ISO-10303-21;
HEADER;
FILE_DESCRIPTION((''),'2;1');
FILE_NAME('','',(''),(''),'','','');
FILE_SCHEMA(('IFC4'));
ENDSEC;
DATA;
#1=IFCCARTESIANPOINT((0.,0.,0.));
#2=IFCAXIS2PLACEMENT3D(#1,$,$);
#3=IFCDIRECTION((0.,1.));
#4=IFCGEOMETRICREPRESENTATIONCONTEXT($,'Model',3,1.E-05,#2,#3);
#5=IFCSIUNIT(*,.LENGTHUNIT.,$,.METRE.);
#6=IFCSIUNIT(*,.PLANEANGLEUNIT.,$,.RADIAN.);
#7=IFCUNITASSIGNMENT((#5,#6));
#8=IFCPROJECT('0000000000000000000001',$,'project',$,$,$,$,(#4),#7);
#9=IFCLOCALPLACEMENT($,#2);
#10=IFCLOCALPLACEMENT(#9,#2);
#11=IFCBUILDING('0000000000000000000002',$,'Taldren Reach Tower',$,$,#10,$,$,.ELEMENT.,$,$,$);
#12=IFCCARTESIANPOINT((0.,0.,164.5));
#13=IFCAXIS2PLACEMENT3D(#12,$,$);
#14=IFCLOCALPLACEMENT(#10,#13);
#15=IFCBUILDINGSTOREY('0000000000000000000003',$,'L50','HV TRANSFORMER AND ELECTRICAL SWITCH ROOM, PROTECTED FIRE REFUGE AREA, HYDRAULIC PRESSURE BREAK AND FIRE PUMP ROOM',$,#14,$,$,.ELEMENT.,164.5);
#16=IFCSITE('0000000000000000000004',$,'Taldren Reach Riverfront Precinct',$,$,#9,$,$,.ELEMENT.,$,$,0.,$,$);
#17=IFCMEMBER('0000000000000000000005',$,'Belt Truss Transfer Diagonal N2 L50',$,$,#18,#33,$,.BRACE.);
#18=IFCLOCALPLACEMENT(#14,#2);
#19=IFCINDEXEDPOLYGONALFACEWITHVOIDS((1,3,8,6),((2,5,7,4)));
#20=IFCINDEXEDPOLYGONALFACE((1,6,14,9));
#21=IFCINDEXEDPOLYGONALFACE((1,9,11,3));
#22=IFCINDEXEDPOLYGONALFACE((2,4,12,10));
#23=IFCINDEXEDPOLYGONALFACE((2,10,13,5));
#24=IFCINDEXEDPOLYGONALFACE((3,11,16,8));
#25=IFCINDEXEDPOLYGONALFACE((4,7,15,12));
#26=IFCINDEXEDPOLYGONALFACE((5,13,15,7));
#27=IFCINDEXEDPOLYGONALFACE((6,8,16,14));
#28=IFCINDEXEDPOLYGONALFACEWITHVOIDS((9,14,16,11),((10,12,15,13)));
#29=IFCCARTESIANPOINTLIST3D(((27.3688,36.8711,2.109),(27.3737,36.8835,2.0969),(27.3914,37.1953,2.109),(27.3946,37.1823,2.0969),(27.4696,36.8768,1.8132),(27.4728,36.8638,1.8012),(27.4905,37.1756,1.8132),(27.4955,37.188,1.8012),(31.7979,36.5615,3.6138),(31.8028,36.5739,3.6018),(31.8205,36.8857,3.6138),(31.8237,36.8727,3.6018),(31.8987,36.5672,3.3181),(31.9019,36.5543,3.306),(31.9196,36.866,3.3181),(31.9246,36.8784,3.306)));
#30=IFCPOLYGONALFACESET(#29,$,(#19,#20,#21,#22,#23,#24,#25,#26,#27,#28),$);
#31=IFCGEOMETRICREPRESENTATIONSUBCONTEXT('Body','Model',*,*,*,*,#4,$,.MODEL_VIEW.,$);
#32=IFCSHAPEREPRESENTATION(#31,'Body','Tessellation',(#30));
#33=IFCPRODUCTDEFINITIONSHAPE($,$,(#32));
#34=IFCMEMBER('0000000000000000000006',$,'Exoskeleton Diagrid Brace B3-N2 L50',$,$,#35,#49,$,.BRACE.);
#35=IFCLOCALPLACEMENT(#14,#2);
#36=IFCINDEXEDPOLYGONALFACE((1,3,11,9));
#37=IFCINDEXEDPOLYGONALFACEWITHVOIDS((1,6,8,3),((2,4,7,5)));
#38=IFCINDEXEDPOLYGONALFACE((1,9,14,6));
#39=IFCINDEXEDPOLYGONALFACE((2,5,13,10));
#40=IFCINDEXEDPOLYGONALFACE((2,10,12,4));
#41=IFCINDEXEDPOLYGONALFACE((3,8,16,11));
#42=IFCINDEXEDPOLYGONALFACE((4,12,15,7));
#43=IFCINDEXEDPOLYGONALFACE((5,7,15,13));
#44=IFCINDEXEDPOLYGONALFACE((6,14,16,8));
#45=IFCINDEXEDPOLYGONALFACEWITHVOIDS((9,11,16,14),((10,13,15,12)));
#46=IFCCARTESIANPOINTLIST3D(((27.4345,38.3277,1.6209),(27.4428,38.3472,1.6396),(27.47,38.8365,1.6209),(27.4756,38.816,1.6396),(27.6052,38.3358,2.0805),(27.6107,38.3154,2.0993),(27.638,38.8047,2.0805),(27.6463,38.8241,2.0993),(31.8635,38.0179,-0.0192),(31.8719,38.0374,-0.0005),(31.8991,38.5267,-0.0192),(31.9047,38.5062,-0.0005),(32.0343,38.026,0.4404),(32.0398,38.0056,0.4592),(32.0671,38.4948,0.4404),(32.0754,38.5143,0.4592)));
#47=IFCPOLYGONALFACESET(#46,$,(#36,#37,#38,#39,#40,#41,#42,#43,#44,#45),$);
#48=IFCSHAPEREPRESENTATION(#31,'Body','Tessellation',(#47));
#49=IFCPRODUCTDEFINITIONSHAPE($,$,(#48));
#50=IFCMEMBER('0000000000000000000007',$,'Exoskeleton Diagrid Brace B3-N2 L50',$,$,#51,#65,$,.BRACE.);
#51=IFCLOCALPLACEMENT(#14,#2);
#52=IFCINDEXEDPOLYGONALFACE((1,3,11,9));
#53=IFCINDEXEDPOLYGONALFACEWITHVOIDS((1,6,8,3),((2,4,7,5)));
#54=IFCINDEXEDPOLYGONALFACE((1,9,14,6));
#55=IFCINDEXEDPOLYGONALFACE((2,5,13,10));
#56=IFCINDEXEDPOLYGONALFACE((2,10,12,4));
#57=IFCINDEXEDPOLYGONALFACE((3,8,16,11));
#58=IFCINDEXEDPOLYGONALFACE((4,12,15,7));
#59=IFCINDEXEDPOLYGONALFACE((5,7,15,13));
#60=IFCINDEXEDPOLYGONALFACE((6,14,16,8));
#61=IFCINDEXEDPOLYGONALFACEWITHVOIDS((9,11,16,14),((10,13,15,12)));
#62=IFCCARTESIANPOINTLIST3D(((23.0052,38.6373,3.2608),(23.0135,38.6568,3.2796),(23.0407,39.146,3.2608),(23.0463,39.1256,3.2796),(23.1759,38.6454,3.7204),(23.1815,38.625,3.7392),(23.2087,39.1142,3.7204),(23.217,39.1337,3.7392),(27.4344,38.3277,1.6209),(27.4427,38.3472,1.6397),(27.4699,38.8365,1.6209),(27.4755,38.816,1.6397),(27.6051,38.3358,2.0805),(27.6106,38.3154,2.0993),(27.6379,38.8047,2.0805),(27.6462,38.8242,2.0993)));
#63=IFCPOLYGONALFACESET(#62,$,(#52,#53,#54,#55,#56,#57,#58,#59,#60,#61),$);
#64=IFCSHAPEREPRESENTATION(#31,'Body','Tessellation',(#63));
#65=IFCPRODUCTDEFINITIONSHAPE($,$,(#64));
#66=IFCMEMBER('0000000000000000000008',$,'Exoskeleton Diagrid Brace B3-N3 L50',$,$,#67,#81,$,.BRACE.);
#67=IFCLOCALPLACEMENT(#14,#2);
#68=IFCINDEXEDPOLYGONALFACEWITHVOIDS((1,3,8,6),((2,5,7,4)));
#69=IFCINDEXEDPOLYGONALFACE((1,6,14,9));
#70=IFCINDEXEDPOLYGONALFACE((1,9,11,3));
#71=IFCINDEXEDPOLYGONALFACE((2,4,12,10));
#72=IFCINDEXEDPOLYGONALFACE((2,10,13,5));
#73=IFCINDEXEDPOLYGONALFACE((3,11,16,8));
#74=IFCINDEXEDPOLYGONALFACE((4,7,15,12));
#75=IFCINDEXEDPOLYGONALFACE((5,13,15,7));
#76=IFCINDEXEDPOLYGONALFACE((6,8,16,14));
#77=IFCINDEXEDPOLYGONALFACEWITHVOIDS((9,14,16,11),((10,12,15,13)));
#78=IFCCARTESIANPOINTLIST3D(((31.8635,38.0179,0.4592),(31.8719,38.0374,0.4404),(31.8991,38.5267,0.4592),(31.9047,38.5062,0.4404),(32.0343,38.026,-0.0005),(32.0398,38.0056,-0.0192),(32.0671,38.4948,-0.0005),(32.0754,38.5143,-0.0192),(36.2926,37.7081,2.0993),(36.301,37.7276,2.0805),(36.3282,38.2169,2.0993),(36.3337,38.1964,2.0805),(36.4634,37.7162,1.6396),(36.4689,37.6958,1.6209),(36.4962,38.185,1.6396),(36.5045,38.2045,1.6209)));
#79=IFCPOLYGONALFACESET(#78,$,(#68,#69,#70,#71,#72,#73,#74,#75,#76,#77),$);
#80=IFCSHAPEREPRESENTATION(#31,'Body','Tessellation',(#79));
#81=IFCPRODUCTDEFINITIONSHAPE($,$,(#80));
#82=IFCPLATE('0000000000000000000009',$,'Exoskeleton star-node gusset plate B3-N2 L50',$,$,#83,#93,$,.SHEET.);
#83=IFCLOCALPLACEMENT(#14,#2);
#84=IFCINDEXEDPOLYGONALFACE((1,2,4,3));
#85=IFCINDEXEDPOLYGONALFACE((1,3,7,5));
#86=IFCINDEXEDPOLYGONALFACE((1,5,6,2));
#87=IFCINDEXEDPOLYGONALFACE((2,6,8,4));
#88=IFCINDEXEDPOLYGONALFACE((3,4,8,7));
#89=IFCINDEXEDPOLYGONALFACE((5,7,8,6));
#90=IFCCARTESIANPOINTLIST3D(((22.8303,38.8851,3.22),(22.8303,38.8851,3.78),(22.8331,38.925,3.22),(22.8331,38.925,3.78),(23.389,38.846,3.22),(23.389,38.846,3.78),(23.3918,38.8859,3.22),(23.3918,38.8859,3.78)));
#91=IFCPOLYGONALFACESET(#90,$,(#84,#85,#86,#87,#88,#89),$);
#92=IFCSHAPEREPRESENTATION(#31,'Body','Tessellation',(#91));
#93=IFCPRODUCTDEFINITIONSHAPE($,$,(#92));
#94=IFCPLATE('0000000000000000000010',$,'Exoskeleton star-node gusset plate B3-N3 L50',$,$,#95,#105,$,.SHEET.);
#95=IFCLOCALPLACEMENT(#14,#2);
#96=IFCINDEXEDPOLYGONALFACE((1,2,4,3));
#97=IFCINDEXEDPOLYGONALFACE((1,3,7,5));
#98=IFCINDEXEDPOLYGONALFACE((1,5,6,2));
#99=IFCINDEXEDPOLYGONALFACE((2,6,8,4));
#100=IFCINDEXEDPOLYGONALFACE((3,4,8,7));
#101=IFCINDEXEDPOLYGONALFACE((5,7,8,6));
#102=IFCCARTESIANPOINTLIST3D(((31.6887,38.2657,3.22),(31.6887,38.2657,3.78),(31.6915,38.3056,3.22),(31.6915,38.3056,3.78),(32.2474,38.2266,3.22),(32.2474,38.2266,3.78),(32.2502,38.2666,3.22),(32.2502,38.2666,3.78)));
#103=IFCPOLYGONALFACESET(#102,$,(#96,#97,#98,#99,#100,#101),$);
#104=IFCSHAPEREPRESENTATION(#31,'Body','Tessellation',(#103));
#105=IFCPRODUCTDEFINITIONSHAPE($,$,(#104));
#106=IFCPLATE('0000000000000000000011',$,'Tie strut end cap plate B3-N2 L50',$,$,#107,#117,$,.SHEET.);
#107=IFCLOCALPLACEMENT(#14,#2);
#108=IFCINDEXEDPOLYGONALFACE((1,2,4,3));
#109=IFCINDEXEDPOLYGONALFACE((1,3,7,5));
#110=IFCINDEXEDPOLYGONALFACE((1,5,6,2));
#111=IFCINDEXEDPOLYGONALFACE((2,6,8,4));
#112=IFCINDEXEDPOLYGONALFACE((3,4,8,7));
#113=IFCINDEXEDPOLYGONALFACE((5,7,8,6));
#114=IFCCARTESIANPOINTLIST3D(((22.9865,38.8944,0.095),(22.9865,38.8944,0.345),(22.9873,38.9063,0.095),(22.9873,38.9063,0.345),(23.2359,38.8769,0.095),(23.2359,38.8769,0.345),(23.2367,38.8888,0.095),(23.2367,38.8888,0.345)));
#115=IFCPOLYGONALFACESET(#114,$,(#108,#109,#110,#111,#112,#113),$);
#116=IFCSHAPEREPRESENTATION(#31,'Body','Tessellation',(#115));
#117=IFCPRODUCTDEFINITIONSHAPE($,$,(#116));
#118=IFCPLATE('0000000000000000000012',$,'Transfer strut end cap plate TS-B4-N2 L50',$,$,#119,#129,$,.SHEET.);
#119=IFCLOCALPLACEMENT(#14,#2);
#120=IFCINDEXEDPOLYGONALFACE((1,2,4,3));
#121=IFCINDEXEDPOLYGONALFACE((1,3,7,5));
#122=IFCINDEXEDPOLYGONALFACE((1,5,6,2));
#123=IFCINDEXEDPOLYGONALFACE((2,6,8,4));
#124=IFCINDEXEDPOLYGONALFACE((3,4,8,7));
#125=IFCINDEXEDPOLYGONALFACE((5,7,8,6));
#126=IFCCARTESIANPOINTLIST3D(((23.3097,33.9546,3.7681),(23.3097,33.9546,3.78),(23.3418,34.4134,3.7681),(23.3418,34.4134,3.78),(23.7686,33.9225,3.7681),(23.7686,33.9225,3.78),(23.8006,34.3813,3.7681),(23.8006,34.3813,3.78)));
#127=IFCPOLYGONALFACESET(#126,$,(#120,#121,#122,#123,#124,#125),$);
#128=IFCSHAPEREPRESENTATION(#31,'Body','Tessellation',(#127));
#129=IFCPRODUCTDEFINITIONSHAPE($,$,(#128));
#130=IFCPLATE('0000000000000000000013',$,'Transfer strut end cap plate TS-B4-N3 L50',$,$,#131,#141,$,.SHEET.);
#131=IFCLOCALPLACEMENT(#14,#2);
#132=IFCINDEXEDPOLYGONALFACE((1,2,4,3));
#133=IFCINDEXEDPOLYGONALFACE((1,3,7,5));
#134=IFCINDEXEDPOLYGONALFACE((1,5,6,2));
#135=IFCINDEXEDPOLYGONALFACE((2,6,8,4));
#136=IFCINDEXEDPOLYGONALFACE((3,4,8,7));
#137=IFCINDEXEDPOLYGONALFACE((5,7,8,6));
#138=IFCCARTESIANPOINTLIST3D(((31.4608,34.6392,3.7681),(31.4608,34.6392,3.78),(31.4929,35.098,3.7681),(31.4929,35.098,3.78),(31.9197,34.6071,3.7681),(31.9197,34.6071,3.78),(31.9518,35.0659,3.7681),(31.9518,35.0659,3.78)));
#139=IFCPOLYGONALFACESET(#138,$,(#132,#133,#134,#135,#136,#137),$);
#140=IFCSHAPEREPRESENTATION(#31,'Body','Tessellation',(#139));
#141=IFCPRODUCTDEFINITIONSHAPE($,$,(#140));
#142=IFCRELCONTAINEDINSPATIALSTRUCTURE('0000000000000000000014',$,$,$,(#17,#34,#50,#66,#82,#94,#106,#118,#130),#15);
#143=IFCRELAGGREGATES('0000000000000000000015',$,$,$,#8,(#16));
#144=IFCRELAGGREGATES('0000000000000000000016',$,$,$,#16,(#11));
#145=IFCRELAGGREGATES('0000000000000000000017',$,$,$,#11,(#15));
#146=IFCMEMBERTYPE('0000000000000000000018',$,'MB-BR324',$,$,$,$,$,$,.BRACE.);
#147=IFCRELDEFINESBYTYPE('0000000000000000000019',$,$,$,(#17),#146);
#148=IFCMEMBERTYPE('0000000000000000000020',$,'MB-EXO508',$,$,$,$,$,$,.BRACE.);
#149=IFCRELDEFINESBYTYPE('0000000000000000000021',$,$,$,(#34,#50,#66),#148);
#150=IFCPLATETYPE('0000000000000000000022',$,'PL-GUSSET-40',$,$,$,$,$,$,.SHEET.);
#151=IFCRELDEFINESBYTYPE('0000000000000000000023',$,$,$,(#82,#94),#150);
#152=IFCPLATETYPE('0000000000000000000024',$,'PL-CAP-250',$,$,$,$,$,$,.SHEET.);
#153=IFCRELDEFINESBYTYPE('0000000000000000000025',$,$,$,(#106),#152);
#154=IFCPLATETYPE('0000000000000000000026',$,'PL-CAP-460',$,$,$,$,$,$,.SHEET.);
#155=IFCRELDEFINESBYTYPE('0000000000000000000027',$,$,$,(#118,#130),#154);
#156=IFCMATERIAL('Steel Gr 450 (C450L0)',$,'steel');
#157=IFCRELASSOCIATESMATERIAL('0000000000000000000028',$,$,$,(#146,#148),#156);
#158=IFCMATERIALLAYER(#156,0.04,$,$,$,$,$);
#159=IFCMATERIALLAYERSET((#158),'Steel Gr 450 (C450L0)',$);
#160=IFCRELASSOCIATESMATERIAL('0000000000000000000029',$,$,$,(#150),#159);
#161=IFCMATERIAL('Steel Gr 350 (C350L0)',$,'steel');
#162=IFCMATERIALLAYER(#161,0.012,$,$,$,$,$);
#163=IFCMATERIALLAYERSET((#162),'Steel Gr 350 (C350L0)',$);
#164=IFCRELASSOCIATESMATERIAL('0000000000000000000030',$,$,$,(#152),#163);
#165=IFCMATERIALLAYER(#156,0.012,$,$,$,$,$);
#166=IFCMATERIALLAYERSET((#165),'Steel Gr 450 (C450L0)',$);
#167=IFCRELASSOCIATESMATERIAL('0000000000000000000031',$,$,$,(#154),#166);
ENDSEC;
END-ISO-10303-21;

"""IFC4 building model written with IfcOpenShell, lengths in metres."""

from ifc_helpers import new_model, si_unit, direction, frame, origin, origin_2d, place, context, subcontext, project, spatial, rectangle, hollow_rectangle, extrude, source, transform, mapped, material, layer, layer_set, material_profile, profile_set, type_object, element, save


model = new_model("IFC4")

# Units and contexts
model_context = context("Model", 3, precision=1e-05, world=origin(), true_north=direction((0.0, 1.0)))
body_context = subcontext(model_context, "Body", "Model", "MODEL_VIEW")
ifc_project = project(units=[si_unit("LENGTHUNIT", "METRE"), si_unit("PLANEANGLEUNIT", "RADIAN")], contexts=[model_context])

# Site, building, storey
site_placement = place(None, origin())
site = spatial("IfcSite", under=ifc_project, at=site_placement, Name="Taldren Reach Riverfront Precinct", CompositionType="ELEMENT", RefElevation=0.0)
building_placement = place(site_placement, origin())
building = spatial("IfcBuilding", under=site, at=building_placement, Name="Taldren Reach Tower", CompositionType="ELEMENT")
storey_placement = place(building_placement, frame((0.0, 0.0, 164.5)))
storey = spatial("IfcBuildingStorey", under=building, at=storey_placement, Name="L50", Description="HV TRANSFORMER AND ELECTRICAL SWITCH ROOM, PROTECTED FIRE REFUGE AREA, HYDRAULIC PRESSURE BREAK AND FIRE PUMP ROOM", CompositionType="ELEMENT", Elevation=164.5)

# Shared definitions
ifc_material_1 = material(Name="Steel Gr 450 (C450L0)", Category="steel")
ifc_material_2 = material(Name="Steel Gr 350 (C350L0)", Category="steel")

# Members
ifc_material_profile_1 = material_profile(ifc_material_1, hollow_rectangle(XDim=0.325, YDim=0.325, WallThickness=0.0127, at=origin_2d()), Name="325x325x12.7SHS")
ifc_profile_set_1 = profile_set([ifc_material_profile_1], Name="Steel Gr 450 (C450L0)")
member_type_1 = type_object("IfcMemberType", Name="MB-BR324", PredefinedType="BRACE", material=ifc_profile_set_1)
shared_shape_1 = source(origin(), body_context, "Body", "SweptSolid", [
    extrude(hollow_rectangle(XDim=0.325, YDim=0.325, WallThickness=0.0127, at=origin_2d()), origin(), (0.0, 0.0, 1.0), 4.688),
])
member_1_placement = place(storey_placement, frame((27.4321, 37.0295, 1.9551), z_axis=(0.944774, -0.066033, 0.321), x_axis=(0.069723, 0.997566, 0.0)))
element("IfcMember", 1, at=member_1_placement, inside=storey, type_object=member_type_1, Name="Belt Truss Transfer Diagonal N2 L50", PredefinedType="BRACE", context=body_context, shape_type="MappedRepresentation", body=[
    mapped(shared_shape_1, transform((0.0, 0.0, 0.0), scale=1.0)),
])
ifc_material_profile_2 = material_profile(ifc_material_1, hollow_rectangle(XDim=0.51, YDim=0.51, WallThickness=0.02, at=origin_2d()), Name="510x510x20.0SHS")
ifc_profile_set_2 = profile_set([ifc_material_profile_2], Name="Steel Gr 450 (C450L0)")
member_type_2 = type_object("IfcMemberType", Name="MB-EXO508", PredefinedType="BRACE", material=ifc_profile_set_2)
shared_shape_2 = source(origin(), body_context, "Body", "SweptSolid", [
    extrude(hollow_rectangle(XDim=0.51, YDim=0.51, WallThickness=0.02, at=origin_2d()), origin(), (0.0, 0.0, 1.0), 4.7332),
])
for number, where, z_axis, x_axis, name in (
    (2, (31.9695, 38.2661, 0.22), (-0.935759, 0.065455, 0.346512), (-0.069778, -0.997563, 0.0), "Exoskeleton Diagrid Brace B3-N2 L50"),
    (3, (27.5403, 38.5759, 1.8601), (-0.935779, 0.065404, 0.346468), (-0.069723, -0.997566, 0.0), "Exoskeleton Diagrid Brace B3-N2 L50"),
    (4, (31.9695, 38.2661, 0.22), (0.935759, -0.065455, 0.346512), (0.069778, 0.997563, 0.0), "Exoskeleton Diagrid Brace B3-N3 L50"),
):
    element("IfcMember", number, at=place(storey_placement, frame(where, z_axis=z_axis, x_axis=x_axis)), inside=storey, type_object=member_type_2, Name=name, PredefinedType="BRACE", context=body_context, shape_type="MappedRepresentation", body=[
        mapped(shared_shape_2, transform((0.0, 0.0, 0.0), scale=1.0)),
    ])

# Plates
ifc_layer_1 = layer(ifc_material_1, 0.04)
ifc_layer_set_1 = layer_set([ifc_layer_1], Name="Steel Gr 450 (C450L0)")
plate_type_1 = type_object("IfcPlateType", Name="PL-GUSSET-40", PredefinedType="SHEET", material=ifc_layer_set_1)
shared_shape_3 = source(origin(), body_context, "Body", "SweptSolid", [
    extrude(rectangle(XDim=0.5601, YDim=0.04, at=origin_2d()), origin(), (0.0, 0.0, 1.0), 0.5601),
])
for number, where, z_axis, x_axis, name in (
    (5, (23.1111, 38.8855, 3.22), (0.0, 0.0, 1.0), (0.997564, -0.069756, 0.0), "Exoskeleton star-node gusset plate B3-N2 L50"),
    (6, (31.9695, 38.2661, 3.22), (0.0, 0.0, 1.0), (0.997564, -0.069756, 0.0), "Exoskeleton star-node gusset plate B3-N3 L50"),
):
    element("IfcPlate", number, at=place(storey_placement, frame(where, z_axis=z_axis, x_axis=x_axis)), inside=storey, type_object=plate_type_1, Name=name, PredefinedType="SHEET", context=body_context, shape_type="MappedRepresentation", body=[
        mapped(shared_shape_3, transform((0.0, 0.0, 0.0), scale=1.0)),
    ])
ifc_layer_2 = layer(ifc_material_2, 0.012)
ifc_layer_set_2 = layer_set([ifc_layer_2], Name="Steel Gr 350 (C350L0)")
plate_type_2 = type_object("IfcPlateType", Name="PL-CAP-250", PredefinedType="SHEET", material=ifc_layer_set_2)
shared_shape_4 = source(origin(), body_context, "Body", "SweptSolid", [
    extrude(rectangle(XDim=0.25, YDim=0.012, at=origin_2d()), origin(), (0.0, 0.0, 1.0), 0.25),
])
plate_placement = place(storey_placement, frame((23.1116, 38.8916, 0.095), z_axis=(0.0, 0.0, 1.0), x_axis=(0.997564, -0.069756, 0.0)))
element("IfcPlate", 7, at=plate_placement, inside=storey, type_object=plate_type_2, Name="Tie strut end cap plate B3-N2 L50", PredefinedType="SHEET", context=body_context, shape_type="MappedRepresentation", body=[
    mapped(shared_shape_4, transform((0.0, 0.0, 0.0), scale=1.0)),
])
ifc_layer_3 = layer(ifc_material_1, 0.012)
ifc_layer_set_3 = layer_set([ifc_layer_3], Name="Steel Gr 450 (C450L0)")
plate_type_3 = type_object("IfcPlateType", Name="PL-CAP-460", PredefinedType="SHEET", material=ifc_layer_set_3)
shared_shape_5 = source(origin(), body_context, "Body", "SweptSolid", [
    extrude(rectangle(XDim=0.46, YDim=0.46, at=origin_2d()), origin(), (0.0, 0.0, 1.0), 0.012),
])
for number, where, z_axis, x_axis, name in (
    (8, (23.5552, 34.168, 3.7681), (0.0, 0.0, 1.0), (0.997564, -0.069756, 0.0), "Transfer strut end cap plate TS-B4-N2 L50"),
    (9, (31.7063, 34.8525, 3.7681), (0.0, 0.0, 1.0), (0.997564, -0.069756, 0.0), "Transfer strut end cap plate TS-B4-N3 L50"),
):
    element("IfcPlate", number, at=place(storey_placement, frame(where, z_axis=z_axis, x_axis=x_axis)), inside=storey, type_object=plate_type_3, Name=name, PredefinedType="SHEET", context=body_context, shape_type="MappedRepresentation", body=[
        mapped(shared_shape_5, transform((0.0, 0.0, 0.0), scale=1.0)),
    ])

save(model, "model.ifc")
